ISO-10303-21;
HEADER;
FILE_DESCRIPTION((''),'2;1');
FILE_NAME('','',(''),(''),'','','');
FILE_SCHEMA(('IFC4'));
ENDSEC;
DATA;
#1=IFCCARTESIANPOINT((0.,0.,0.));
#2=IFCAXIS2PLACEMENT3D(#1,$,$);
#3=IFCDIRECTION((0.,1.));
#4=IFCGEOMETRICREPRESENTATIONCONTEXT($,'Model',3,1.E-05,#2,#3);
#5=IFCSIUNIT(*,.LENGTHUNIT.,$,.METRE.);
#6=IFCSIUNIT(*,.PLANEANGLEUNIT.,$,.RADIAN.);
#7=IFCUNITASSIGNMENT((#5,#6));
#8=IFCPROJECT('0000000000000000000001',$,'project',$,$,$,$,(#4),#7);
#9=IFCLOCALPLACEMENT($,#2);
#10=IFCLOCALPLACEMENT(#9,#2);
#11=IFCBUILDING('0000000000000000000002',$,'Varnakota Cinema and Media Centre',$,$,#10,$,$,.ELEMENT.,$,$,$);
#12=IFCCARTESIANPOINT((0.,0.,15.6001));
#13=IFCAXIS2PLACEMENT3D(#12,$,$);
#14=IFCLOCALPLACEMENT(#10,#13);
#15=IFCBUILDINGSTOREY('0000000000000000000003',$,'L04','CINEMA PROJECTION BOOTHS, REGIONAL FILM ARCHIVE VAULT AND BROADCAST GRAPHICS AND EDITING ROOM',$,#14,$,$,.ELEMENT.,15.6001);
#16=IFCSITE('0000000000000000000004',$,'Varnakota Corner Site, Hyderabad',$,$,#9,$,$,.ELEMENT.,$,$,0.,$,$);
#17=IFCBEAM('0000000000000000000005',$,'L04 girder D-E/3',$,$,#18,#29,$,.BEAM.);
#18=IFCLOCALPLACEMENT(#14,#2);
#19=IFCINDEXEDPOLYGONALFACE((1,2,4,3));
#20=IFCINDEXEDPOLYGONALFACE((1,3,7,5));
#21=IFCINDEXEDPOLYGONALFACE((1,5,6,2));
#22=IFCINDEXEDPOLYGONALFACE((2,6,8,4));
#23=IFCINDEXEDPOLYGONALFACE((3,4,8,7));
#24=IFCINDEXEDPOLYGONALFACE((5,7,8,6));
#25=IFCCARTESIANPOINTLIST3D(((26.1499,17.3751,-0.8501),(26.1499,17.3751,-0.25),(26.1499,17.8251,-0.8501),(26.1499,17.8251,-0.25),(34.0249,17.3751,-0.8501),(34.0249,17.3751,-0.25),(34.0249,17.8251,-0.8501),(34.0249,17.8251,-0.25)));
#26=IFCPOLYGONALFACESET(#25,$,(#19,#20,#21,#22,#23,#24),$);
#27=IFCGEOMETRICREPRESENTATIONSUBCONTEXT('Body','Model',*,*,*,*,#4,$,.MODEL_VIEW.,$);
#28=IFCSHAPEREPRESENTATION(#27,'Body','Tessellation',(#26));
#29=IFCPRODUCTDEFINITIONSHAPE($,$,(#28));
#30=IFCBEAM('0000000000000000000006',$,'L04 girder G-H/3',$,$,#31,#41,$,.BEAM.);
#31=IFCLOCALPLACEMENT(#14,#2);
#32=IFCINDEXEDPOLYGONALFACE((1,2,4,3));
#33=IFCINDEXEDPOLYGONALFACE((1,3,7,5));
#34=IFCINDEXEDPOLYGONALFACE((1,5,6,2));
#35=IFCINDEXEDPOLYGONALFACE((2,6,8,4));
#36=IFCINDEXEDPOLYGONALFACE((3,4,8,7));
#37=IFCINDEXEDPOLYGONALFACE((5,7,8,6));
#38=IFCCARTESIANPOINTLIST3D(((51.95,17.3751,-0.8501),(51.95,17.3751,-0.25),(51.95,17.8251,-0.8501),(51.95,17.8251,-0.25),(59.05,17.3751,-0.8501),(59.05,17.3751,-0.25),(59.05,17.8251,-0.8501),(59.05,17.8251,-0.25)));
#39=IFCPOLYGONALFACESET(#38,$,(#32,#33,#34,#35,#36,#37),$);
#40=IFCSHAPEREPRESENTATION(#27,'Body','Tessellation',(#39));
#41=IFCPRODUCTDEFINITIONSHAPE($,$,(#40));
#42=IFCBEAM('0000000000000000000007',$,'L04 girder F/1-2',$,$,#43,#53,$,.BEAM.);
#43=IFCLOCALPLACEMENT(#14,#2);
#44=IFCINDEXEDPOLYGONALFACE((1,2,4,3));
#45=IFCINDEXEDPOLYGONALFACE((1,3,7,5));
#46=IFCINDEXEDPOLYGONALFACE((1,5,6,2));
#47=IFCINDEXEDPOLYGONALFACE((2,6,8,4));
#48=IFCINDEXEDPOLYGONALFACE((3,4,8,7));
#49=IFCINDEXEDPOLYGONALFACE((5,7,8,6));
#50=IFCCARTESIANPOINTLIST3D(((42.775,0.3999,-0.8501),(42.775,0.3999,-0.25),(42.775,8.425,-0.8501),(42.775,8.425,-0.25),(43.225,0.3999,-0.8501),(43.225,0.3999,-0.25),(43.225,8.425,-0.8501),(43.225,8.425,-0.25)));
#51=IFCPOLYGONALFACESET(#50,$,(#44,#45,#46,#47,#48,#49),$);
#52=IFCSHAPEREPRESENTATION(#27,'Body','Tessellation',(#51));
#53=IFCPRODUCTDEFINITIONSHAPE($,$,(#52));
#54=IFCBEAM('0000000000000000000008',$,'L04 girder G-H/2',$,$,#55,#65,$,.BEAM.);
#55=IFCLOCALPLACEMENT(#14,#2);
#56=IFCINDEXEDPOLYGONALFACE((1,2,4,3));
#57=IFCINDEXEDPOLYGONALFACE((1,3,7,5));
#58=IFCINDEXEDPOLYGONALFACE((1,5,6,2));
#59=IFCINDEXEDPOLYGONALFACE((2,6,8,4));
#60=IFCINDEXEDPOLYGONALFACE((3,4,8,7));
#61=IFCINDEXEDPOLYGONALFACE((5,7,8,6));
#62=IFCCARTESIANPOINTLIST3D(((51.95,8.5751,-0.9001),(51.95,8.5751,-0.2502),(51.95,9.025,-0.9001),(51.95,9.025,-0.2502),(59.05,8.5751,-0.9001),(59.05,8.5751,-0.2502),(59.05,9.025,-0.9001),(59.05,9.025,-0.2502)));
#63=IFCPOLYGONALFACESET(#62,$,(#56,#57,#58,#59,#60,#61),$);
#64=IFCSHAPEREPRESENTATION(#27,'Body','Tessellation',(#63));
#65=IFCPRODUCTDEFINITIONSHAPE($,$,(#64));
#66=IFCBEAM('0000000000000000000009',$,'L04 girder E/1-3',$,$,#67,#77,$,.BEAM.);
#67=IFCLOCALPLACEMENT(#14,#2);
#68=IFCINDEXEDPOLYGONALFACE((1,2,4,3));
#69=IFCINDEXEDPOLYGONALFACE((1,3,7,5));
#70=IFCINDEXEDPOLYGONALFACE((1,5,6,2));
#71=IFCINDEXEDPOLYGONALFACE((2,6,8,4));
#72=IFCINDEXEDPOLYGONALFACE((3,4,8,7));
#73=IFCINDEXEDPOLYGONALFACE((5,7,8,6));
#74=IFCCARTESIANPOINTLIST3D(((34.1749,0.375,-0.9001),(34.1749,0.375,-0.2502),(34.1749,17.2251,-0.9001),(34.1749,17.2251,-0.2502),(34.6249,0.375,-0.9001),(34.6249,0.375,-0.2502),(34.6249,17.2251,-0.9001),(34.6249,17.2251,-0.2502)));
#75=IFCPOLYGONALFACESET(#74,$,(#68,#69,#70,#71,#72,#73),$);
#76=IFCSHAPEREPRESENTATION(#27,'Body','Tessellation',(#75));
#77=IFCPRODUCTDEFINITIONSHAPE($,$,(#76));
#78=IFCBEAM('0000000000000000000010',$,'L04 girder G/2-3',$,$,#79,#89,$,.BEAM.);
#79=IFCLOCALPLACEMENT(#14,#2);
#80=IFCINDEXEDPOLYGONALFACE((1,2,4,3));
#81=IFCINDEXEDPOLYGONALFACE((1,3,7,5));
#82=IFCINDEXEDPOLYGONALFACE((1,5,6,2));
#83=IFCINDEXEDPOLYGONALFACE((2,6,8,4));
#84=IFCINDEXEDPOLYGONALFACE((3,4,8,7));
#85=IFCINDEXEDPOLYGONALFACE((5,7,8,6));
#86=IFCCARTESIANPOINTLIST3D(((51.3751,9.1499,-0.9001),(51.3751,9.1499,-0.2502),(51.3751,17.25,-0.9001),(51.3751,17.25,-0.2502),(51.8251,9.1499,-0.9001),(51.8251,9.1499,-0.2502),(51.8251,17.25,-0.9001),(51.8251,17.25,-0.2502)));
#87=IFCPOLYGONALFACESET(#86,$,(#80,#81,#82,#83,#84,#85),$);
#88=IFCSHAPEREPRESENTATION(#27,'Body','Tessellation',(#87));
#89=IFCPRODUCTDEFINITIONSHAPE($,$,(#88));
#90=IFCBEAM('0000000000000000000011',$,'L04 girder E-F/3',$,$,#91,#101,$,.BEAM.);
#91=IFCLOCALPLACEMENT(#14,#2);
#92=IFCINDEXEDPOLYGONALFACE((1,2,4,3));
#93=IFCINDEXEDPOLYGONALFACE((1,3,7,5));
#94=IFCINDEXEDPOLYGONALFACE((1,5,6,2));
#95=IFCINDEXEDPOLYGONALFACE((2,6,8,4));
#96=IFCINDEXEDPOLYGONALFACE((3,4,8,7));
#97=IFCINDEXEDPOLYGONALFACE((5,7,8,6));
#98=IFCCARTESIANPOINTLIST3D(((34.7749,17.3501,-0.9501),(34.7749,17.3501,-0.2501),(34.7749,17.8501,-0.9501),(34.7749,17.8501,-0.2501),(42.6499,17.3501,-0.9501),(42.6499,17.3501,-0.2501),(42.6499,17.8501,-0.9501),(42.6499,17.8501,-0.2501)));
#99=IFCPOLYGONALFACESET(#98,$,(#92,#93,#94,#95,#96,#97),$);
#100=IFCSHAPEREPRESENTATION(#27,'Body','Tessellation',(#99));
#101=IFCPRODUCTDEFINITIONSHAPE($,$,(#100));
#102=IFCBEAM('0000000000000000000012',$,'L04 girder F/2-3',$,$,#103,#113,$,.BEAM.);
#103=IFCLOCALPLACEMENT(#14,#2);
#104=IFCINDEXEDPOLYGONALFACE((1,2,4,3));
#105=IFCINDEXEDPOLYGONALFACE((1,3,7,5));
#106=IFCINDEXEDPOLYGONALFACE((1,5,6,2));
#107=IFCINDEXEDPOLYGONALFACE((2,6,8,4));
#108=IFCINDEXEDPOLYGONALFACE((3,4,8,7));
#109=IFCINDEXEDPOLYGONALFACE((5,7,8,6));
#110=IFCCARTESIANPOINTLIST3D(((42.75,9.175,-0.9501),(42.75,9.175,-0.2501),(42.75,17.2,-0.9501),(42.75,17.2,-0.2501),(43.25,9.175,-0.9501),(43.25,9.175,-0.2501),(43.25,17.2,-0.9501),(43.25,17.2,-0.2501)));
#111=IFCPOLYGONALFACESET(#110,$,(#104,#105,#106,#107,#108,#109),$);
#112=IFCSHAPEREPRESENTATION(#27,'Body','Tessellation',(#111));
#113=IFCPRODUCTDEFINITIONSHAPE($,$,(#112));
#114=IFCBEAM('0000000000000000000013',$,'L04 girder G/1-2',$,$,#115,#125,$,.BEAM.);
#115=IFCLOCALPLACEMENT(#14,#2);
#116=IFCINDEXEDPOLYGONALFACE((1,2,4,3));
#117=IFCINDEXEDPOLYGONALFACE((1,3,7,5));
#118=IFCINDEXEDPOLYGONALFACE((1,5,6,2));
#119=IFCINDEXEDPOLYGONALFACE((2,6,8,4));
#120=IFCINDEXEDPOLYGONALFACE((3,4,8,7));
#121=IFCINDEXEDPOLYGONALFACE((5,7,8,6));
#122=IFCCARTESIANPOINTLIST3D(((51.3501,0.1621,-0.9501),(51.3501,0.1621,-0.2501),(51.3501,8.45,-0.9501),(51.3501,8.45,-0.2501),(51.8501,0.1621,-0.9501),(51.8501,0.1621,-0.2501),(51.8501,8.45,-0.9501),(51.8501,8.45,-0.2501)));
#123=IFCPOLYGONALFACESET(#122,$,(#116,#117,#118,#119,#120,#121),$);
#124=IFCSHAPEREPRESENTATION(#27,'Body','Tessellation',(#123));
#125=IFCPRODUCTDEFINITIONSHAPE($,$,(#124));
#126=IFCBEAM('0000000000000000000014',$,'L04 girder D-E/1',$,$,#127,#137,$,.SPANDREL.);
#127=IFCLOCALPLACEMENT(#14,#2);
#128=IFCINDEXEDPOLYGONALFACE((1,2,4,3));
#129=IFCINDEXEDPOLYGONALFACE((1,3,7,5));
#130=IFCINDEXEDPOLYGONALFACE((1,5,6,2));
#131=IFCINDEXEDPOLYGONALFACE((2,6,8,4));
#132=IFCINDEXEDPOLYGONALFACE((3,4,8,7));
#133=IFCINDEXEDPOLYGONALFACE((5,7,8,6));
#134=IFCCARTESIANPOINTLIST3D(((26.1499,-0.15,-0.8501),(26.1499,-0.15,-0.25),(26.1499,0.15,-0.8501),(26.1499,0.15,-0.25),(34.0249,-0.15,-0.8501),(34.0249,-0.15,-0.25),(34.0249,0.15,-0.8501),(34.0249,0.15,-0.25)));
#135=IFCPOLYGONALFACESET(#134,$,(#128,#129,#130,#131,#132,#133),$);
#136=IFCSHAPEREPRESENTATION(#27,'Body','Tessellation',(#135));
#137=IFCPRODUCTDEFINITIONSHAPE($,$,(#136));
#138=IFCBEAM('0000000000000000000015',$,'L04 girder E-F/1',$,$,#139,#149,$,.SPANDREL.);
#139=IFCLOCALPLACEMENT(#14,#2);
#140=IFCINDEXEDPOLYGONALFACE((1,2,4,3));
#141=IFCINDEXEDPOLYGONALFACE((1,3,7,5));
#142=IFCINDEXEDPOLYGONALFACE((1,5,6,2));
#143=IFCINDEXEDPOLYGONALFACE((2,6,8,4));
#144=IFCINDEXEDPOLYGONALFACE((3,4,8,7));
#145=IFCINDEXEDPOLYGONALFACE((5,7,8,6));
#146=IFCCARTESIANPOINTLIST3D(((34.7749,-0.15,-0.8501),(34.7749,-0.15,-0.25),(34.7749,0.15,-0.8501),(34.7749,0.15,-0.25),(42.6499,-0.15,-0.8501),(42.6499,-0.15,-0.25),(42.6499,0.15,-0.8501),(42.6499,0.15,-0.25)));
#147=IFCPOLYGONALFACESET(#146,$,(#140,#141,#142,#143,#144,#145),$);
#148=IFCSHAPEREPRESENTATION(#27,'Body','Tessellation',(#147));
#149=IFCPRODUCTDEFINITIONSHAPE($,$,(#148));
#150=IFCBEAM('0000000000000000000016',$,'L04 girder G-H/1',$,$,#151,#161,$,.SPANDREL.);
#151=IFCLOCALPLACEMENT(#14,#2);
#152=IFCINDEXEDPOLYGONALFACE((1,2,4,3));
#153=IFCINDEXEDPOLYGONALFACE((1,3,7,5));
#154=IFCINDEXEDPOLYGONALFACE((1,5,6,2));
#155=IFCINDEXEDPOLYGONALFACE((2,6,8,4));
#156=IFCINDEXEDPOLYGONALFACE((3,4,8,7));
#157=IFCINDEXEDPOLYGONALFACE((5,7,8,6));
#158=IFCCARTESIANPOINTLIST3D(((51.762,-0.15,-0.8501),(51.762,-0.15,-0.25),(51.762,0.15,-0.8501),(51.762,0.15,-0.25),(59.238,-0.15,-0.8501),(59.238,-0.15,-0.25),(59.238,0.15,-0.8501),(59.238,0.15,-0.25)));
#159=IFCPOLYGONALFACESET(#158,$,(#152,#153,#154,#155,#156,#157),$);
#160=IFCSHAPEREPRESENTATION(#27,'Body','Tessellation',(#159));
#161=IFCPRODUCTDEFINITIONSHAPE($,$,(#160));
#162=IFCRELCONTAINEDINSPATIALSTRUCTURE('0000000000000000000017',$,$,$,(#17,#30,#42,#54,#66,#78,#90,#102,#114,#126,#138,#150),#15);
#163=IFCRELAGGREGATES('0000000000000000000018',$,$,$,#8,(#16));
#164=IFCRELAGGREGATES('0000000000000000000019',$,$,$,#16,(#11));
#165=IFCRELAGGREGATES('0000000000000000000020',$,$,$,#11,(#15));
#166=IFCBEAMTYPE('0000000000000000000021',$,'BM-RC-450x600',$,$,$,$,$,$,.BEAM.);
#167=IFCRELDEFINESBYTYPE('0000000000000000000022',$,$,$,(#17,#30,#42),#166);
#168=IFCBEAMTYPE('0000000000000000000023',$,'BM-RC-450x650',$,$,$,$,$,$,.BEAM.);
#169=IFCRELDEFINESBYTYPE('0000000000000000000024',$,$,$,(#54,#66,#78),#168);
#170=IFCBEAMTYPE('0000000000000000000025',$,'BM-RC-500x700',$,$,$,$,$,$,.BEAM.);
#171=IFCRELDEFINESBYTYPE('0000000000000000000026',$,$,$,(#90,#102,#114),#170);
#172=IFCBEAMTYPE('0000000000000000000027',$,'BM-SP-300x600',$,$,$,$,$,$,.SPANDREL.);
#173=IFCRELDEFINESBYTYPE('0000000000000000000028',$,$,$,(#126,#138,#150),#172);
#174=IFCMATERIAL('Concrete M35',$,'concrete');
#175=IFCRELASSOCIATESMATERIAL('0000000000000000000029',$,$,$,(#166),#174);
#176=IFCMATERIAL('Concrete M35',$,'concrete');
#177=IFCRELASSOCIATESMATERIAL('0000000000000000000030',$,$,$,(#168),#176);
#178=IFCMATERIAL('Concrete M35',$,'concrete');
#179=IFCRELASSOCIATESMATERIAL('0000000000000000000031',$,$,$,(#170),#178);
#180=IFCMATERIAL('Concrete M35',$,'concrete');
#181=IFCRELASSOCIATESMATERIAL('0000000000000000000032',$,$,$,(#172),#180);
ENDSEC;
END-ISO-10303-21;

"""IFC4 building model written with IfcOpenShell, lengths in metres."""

from ifc_helpers import new_model, si_unit, direction, frame, origin, origin_2d, place, context, subcontext, project, spatial, rectangle, extrude, material, material_profile, profile_set, type_object, element, save


model = new_model("IFC4")

# Units and contexts
model_context = context("Model", 3, precision=1e-05, world=origin(), true_north=direction((0.0, 1.0)))
body_context = subcontext(model_context, "Body", "Model", "MODEL_VIEW")
ifc_project = project(units=[si_unit("LENGTHUNIT", "METRE"), si_unit("PLANEANGLEUNIT", "RADIAN")], contexts=[model_context])

# Site, building, storey
site_placement = place(None, origin())
site = spatial("IfcSite", under=ifc_project, at=site_placement, Name="Varnakota Corner Site, Hyderabad", CompositionType="ELEMENT", RefElevation=0.0)
building_placement = place(site_placement, origin())
building = spatial("IfcBuilding", under=site, at=building_placement, Name="Varnakota Cinema and Media Centre", CompositionType="ELEMENT")
storey_placement = place(building_placement, frame((0.0, 0.0, 15.6001)))
storey = spatial("IfcBuildingStorey", under=building, at=storey_placement, Name="L04", Description="CINEMA PROJECTION BOOTHS, REGIONAL FILM ARCHIVE VAULT AND BROADCAST GRAPHICS AND EDITING ROOM", CompositionType="ELEMENT", Elevation=15.6001)

# Beams
ifc_material_1 = material(Name="Concrete M35", Category="concrete")
ifc_material_profile_1 = material_profile(ifc_material_1, rectangle(XDim=0.45, YDim=0.6001, at=origin_2d()), Name="RCB 450x600")
ifc_profile_set_1 = profile_set([ifc_material_profile_1], Name="Concrete M35")
beam_type_1 = type_object("IfcBeamType", Name="BM-RC-450x600", PredefinedType="BEAM", material=ifc_profile_set_1)
beam_1_placement = place(storey_placement, frame((26.1499, 17.6001, -0.55), z_axis=(1.0, 0.0, 0.0), x_axis=(0.0, 1.0, 0.0)))
element("IfcBeam", 1, at=beam_1_placement, inside=storey, type_object=beam_type_1, Name="L04 girder D-E/3", PredefinedType="BEAM", context=body_context, shape_type="SweptSolid", body=[
    extrude(rectangle(XDim=0.45, YDim=0.6001, at=origin_2d()), origin(), (0.0, 0.0, 1.0), 7.875),
])
beam_2_placement = place(storey_placement, frame((51.95, 17.6001, -0.55), z_axis=(1.0, 0.0, 0.0), x_axis=(0.0, 1.0, 0.0)))
element("IfcBeam", 2, at=beam_2_placement, inside=storey, type_object=beam_type_1, Name="L04 girder G-H/3", PredefinedType="BEAM", context=body_context, shape_type="SweptSolid", body=[
    extrude(rectangle(XDim=0.45, YDim=0.6001, at=origin_2d()), origin(), (0.0, 0.0, 1.0), 7.1001),
])
beam_3_placement = place(storey_placement, frame((43.0, 0.3999, -0.55), z_axis=(0.0, 1.0, 0.0), x_axis=(-1.0, 0.0, 0.0)))
element("IfcBeam", 3, at=beam_3_placement, inside=storey, type_object=beam_type_1, Name="L04 girder F/1-2", PredefinedType="BEAM", context=body_context, shape_type="SweptSolid", body=[
    extrude(rectangle(XDim=0.45, YDim=0.6001, at=origin_2d()), origin(), (0.0, 0.0, 1.0), 8.0251),
])
ifc_material_2 = material(Name="Concrete M35", Category="concrete")
ifc_material_profile_2 = material_profile(ifc_material_2, rectangle(XDim=0.45, YDim=0.6499, at=origin_2d()), Name="RCB 450x650")
ifc_profile_set_2 = profile_set([ifc_material_profile_2], Name="Concrete M35")
beam_type_2 = type_object("IfcBeamType", Name="BM-RC-450x650", PredefinedType="BEAM", material=ifc_profile_set_2)
beam_4_placement = place(storey_placement, frame((51.95, 8.8, -0.5752), z_axis=(1.0, 0.0, 0.0), x_axis=(0.0, 1.0, 0.0)))
element("IfcBeam", 4, at=beam_4_placement, inside=storey, type_object=beam_type_2, Name="L04 girder G-H/2", PredefinedType="BEAM", context=body_context, shape_type="SweptSolid", body=[
    extrude(rectangle(XDim=0.45, YDim=0.6499, at=origin_2d()), origin(), (0.0, 0.0, 1.0), 7.1001),
])
beam_5_placement = place(storey_placement, frame((34.3999, 0.375, -0.5752), z_axis=(0.0, 1.0, 0.0), x_axis=(-1.0, 0.0, 0.0)))
element("IfcBeam", 5, at=beam_5_placement, inside=storey, type_object=beam_type_2, Name="L04 girder E/1-3", PredefinedType="BEAM", context=body_context, shape_type="SweptSolid", body=[
    extrude(rectangle(XDim=0.45, YDim=0.6499, at=origin_2d()), origin(), (0.0, 0.0, 1.0), 16.8501),
])
beam_6_placement = place(storey_placement, frame((51.6001, 9.1499, -0.5752), z_axis=(0.0, 1.0, 0.0), x_axis=(-1.0, 0.0, 0.0)))
element("IfcBeam", 6, at=beam_6_placement, inside=storey, type_object=beam_type_2, Name="L04 girder G/2-3", PredefinedType="BEAM", context=body_context, shape_type="SweptSolid", body=[
    extrude(rectangle(XDim=0.45, YDim=0.6499, at=origin_2d()), origin(), (0.0, 0.0, 1.0), 8.1001),
])
ifc_material_3 = material(Name="Concrete M35", Category="concrete")
ifc_material_profile_3 = material_profile(ifc_material_3, rectangle(XDim=0.5, YDim=0.7, at=origin_2d()), Name="RCB 500x700")
ifc_profile_set_3 = profile_set([ifc_material_profile_3], Name="Concrete M35")
beam_type_3 = type_object("IfcBeamType", Name="BM-RC-500x700", PredefinedType="BEAM", material=ifc_profile_set_3)
beam_7_placement = place(storey_placement, frame((34.7749, 17.6001, -0.6001), z_axis=(1.0, 0.0, 0.0), x_axis=(0.0, 1.0, 0.0)))
element("IfcBeam", 7, at=beam_7_placement, inside=storey, type_object=beam_type_3, Name="L04 girder E-F/3", PredefinedType="BEAM", context=body_context, shape_type="SweptSolid", body=[
    extrude(rectangle(XDim=0.5, YDim=0.7, at=origin_2d()), origin(), (0.0, 0.0, 1.0), 7.875),
])
beam_8_placement = place(storey_placement, frame((43.0, 9.175, -0.6001), z_axis=(0.0, 1.0, 0.0), x_axis=(-1.0, 0.0, 0.0)))
element("IfcBeam", 8, at=beam_8_placement, inside=storey, type_object=beam_type_3, Name="L04 girder F/2-3", PredefinedType="BEAM", context=body_context, shape_type="SweptSolid", body=[
    extrude(rectangle(XDim=0.5, YDim=0.7, at=origin_2d()), origin(), (0.0, 0.0, 1.0), 8.0249),
])
beam_9_placement = place(storey_placement, frame((51.6001, 0.1621, -0.6001), z_axis=(0.0, 1.0, 0.0), x_axis=(-1.0, 0.0, 0.0)))
element("IfcBeam", 9, at=beam_9_placement, inside=storey, type_object=beam_type_3, Name="L04 girder G/1-2", PredefinedType="BEAM", context=body_context, shape_type="SweptSolid", body=[
    extrude(rectangle(XDim=0.5, YDim=0.7, at=origin_2d()), origin(), (0.0, 0.0, 1.0), 8.2878),
])
ifc_material_4 = material(Name="Concrete M35", Category="concrete")
ifc_material_profile_4 = material_profile(ifc_material_4, rectangle(XDim=0.3, YDim=0.6001, at=origin_2d()), Name="RCB 300x600")
ifc_profile_set_4 = profile_set([ifc_material_profile_4], Name="Concrete M35")
beam_type_4 = type_object("IfcBeamType", Name="BM-SP-300x600", PredefinedType="SPANDREL", material=ifc_profile_set_4)
for number, where, z_axis, x_axis, name in (
    (10, (26.1499, 0.0, -0.55), (1.0, 0.0, 0.0), (0.0, 1.0, 0.0), "L04 girder D-E/1"),
    (11, (34.7749, 0.0, -0.55), (1.0, 0.0, 0.0), (0.0, 1.0, 0.0), "L04 girder E-F/1"),
):
    element("IfcBeam", number, at=place(storey_placement, frame(where, z_axis=z_axis, x_axis=x_axis)), inside=storey, type_object=beam_type_4, Name=name, PredefinedType="SPANDREL", context=body_context, shape_type="SweptSolid", body=[
        extrude(rectangle(XDim=0.3, YDim=0.6001, at=origin_2d()), origin(), (0.0, 0.0, 1.0), 7.875),
    ])
beam_10_placement = place(storey_placement, frame((51.762, 0.0, -0.55), z_axis=(1.0, 0.0, 0.0), x_axis=(0.0, 1.0, 0.0)))
element("IfcBeam", 12, at=beam_10_placement, inside=storey, type_object=beam_type_4, Name="L04 girder G-H/1", PredefinedType="SPANDREL", context=body_context, shape_type="SweptSolid", body=[
    extrude(rectangle(XDim=0.3, YDim=0.6001, at=origin_2d()), origin(), (0.0, 0.0, 1.0), 7.4761),
])

save(model, "model.ifc")
